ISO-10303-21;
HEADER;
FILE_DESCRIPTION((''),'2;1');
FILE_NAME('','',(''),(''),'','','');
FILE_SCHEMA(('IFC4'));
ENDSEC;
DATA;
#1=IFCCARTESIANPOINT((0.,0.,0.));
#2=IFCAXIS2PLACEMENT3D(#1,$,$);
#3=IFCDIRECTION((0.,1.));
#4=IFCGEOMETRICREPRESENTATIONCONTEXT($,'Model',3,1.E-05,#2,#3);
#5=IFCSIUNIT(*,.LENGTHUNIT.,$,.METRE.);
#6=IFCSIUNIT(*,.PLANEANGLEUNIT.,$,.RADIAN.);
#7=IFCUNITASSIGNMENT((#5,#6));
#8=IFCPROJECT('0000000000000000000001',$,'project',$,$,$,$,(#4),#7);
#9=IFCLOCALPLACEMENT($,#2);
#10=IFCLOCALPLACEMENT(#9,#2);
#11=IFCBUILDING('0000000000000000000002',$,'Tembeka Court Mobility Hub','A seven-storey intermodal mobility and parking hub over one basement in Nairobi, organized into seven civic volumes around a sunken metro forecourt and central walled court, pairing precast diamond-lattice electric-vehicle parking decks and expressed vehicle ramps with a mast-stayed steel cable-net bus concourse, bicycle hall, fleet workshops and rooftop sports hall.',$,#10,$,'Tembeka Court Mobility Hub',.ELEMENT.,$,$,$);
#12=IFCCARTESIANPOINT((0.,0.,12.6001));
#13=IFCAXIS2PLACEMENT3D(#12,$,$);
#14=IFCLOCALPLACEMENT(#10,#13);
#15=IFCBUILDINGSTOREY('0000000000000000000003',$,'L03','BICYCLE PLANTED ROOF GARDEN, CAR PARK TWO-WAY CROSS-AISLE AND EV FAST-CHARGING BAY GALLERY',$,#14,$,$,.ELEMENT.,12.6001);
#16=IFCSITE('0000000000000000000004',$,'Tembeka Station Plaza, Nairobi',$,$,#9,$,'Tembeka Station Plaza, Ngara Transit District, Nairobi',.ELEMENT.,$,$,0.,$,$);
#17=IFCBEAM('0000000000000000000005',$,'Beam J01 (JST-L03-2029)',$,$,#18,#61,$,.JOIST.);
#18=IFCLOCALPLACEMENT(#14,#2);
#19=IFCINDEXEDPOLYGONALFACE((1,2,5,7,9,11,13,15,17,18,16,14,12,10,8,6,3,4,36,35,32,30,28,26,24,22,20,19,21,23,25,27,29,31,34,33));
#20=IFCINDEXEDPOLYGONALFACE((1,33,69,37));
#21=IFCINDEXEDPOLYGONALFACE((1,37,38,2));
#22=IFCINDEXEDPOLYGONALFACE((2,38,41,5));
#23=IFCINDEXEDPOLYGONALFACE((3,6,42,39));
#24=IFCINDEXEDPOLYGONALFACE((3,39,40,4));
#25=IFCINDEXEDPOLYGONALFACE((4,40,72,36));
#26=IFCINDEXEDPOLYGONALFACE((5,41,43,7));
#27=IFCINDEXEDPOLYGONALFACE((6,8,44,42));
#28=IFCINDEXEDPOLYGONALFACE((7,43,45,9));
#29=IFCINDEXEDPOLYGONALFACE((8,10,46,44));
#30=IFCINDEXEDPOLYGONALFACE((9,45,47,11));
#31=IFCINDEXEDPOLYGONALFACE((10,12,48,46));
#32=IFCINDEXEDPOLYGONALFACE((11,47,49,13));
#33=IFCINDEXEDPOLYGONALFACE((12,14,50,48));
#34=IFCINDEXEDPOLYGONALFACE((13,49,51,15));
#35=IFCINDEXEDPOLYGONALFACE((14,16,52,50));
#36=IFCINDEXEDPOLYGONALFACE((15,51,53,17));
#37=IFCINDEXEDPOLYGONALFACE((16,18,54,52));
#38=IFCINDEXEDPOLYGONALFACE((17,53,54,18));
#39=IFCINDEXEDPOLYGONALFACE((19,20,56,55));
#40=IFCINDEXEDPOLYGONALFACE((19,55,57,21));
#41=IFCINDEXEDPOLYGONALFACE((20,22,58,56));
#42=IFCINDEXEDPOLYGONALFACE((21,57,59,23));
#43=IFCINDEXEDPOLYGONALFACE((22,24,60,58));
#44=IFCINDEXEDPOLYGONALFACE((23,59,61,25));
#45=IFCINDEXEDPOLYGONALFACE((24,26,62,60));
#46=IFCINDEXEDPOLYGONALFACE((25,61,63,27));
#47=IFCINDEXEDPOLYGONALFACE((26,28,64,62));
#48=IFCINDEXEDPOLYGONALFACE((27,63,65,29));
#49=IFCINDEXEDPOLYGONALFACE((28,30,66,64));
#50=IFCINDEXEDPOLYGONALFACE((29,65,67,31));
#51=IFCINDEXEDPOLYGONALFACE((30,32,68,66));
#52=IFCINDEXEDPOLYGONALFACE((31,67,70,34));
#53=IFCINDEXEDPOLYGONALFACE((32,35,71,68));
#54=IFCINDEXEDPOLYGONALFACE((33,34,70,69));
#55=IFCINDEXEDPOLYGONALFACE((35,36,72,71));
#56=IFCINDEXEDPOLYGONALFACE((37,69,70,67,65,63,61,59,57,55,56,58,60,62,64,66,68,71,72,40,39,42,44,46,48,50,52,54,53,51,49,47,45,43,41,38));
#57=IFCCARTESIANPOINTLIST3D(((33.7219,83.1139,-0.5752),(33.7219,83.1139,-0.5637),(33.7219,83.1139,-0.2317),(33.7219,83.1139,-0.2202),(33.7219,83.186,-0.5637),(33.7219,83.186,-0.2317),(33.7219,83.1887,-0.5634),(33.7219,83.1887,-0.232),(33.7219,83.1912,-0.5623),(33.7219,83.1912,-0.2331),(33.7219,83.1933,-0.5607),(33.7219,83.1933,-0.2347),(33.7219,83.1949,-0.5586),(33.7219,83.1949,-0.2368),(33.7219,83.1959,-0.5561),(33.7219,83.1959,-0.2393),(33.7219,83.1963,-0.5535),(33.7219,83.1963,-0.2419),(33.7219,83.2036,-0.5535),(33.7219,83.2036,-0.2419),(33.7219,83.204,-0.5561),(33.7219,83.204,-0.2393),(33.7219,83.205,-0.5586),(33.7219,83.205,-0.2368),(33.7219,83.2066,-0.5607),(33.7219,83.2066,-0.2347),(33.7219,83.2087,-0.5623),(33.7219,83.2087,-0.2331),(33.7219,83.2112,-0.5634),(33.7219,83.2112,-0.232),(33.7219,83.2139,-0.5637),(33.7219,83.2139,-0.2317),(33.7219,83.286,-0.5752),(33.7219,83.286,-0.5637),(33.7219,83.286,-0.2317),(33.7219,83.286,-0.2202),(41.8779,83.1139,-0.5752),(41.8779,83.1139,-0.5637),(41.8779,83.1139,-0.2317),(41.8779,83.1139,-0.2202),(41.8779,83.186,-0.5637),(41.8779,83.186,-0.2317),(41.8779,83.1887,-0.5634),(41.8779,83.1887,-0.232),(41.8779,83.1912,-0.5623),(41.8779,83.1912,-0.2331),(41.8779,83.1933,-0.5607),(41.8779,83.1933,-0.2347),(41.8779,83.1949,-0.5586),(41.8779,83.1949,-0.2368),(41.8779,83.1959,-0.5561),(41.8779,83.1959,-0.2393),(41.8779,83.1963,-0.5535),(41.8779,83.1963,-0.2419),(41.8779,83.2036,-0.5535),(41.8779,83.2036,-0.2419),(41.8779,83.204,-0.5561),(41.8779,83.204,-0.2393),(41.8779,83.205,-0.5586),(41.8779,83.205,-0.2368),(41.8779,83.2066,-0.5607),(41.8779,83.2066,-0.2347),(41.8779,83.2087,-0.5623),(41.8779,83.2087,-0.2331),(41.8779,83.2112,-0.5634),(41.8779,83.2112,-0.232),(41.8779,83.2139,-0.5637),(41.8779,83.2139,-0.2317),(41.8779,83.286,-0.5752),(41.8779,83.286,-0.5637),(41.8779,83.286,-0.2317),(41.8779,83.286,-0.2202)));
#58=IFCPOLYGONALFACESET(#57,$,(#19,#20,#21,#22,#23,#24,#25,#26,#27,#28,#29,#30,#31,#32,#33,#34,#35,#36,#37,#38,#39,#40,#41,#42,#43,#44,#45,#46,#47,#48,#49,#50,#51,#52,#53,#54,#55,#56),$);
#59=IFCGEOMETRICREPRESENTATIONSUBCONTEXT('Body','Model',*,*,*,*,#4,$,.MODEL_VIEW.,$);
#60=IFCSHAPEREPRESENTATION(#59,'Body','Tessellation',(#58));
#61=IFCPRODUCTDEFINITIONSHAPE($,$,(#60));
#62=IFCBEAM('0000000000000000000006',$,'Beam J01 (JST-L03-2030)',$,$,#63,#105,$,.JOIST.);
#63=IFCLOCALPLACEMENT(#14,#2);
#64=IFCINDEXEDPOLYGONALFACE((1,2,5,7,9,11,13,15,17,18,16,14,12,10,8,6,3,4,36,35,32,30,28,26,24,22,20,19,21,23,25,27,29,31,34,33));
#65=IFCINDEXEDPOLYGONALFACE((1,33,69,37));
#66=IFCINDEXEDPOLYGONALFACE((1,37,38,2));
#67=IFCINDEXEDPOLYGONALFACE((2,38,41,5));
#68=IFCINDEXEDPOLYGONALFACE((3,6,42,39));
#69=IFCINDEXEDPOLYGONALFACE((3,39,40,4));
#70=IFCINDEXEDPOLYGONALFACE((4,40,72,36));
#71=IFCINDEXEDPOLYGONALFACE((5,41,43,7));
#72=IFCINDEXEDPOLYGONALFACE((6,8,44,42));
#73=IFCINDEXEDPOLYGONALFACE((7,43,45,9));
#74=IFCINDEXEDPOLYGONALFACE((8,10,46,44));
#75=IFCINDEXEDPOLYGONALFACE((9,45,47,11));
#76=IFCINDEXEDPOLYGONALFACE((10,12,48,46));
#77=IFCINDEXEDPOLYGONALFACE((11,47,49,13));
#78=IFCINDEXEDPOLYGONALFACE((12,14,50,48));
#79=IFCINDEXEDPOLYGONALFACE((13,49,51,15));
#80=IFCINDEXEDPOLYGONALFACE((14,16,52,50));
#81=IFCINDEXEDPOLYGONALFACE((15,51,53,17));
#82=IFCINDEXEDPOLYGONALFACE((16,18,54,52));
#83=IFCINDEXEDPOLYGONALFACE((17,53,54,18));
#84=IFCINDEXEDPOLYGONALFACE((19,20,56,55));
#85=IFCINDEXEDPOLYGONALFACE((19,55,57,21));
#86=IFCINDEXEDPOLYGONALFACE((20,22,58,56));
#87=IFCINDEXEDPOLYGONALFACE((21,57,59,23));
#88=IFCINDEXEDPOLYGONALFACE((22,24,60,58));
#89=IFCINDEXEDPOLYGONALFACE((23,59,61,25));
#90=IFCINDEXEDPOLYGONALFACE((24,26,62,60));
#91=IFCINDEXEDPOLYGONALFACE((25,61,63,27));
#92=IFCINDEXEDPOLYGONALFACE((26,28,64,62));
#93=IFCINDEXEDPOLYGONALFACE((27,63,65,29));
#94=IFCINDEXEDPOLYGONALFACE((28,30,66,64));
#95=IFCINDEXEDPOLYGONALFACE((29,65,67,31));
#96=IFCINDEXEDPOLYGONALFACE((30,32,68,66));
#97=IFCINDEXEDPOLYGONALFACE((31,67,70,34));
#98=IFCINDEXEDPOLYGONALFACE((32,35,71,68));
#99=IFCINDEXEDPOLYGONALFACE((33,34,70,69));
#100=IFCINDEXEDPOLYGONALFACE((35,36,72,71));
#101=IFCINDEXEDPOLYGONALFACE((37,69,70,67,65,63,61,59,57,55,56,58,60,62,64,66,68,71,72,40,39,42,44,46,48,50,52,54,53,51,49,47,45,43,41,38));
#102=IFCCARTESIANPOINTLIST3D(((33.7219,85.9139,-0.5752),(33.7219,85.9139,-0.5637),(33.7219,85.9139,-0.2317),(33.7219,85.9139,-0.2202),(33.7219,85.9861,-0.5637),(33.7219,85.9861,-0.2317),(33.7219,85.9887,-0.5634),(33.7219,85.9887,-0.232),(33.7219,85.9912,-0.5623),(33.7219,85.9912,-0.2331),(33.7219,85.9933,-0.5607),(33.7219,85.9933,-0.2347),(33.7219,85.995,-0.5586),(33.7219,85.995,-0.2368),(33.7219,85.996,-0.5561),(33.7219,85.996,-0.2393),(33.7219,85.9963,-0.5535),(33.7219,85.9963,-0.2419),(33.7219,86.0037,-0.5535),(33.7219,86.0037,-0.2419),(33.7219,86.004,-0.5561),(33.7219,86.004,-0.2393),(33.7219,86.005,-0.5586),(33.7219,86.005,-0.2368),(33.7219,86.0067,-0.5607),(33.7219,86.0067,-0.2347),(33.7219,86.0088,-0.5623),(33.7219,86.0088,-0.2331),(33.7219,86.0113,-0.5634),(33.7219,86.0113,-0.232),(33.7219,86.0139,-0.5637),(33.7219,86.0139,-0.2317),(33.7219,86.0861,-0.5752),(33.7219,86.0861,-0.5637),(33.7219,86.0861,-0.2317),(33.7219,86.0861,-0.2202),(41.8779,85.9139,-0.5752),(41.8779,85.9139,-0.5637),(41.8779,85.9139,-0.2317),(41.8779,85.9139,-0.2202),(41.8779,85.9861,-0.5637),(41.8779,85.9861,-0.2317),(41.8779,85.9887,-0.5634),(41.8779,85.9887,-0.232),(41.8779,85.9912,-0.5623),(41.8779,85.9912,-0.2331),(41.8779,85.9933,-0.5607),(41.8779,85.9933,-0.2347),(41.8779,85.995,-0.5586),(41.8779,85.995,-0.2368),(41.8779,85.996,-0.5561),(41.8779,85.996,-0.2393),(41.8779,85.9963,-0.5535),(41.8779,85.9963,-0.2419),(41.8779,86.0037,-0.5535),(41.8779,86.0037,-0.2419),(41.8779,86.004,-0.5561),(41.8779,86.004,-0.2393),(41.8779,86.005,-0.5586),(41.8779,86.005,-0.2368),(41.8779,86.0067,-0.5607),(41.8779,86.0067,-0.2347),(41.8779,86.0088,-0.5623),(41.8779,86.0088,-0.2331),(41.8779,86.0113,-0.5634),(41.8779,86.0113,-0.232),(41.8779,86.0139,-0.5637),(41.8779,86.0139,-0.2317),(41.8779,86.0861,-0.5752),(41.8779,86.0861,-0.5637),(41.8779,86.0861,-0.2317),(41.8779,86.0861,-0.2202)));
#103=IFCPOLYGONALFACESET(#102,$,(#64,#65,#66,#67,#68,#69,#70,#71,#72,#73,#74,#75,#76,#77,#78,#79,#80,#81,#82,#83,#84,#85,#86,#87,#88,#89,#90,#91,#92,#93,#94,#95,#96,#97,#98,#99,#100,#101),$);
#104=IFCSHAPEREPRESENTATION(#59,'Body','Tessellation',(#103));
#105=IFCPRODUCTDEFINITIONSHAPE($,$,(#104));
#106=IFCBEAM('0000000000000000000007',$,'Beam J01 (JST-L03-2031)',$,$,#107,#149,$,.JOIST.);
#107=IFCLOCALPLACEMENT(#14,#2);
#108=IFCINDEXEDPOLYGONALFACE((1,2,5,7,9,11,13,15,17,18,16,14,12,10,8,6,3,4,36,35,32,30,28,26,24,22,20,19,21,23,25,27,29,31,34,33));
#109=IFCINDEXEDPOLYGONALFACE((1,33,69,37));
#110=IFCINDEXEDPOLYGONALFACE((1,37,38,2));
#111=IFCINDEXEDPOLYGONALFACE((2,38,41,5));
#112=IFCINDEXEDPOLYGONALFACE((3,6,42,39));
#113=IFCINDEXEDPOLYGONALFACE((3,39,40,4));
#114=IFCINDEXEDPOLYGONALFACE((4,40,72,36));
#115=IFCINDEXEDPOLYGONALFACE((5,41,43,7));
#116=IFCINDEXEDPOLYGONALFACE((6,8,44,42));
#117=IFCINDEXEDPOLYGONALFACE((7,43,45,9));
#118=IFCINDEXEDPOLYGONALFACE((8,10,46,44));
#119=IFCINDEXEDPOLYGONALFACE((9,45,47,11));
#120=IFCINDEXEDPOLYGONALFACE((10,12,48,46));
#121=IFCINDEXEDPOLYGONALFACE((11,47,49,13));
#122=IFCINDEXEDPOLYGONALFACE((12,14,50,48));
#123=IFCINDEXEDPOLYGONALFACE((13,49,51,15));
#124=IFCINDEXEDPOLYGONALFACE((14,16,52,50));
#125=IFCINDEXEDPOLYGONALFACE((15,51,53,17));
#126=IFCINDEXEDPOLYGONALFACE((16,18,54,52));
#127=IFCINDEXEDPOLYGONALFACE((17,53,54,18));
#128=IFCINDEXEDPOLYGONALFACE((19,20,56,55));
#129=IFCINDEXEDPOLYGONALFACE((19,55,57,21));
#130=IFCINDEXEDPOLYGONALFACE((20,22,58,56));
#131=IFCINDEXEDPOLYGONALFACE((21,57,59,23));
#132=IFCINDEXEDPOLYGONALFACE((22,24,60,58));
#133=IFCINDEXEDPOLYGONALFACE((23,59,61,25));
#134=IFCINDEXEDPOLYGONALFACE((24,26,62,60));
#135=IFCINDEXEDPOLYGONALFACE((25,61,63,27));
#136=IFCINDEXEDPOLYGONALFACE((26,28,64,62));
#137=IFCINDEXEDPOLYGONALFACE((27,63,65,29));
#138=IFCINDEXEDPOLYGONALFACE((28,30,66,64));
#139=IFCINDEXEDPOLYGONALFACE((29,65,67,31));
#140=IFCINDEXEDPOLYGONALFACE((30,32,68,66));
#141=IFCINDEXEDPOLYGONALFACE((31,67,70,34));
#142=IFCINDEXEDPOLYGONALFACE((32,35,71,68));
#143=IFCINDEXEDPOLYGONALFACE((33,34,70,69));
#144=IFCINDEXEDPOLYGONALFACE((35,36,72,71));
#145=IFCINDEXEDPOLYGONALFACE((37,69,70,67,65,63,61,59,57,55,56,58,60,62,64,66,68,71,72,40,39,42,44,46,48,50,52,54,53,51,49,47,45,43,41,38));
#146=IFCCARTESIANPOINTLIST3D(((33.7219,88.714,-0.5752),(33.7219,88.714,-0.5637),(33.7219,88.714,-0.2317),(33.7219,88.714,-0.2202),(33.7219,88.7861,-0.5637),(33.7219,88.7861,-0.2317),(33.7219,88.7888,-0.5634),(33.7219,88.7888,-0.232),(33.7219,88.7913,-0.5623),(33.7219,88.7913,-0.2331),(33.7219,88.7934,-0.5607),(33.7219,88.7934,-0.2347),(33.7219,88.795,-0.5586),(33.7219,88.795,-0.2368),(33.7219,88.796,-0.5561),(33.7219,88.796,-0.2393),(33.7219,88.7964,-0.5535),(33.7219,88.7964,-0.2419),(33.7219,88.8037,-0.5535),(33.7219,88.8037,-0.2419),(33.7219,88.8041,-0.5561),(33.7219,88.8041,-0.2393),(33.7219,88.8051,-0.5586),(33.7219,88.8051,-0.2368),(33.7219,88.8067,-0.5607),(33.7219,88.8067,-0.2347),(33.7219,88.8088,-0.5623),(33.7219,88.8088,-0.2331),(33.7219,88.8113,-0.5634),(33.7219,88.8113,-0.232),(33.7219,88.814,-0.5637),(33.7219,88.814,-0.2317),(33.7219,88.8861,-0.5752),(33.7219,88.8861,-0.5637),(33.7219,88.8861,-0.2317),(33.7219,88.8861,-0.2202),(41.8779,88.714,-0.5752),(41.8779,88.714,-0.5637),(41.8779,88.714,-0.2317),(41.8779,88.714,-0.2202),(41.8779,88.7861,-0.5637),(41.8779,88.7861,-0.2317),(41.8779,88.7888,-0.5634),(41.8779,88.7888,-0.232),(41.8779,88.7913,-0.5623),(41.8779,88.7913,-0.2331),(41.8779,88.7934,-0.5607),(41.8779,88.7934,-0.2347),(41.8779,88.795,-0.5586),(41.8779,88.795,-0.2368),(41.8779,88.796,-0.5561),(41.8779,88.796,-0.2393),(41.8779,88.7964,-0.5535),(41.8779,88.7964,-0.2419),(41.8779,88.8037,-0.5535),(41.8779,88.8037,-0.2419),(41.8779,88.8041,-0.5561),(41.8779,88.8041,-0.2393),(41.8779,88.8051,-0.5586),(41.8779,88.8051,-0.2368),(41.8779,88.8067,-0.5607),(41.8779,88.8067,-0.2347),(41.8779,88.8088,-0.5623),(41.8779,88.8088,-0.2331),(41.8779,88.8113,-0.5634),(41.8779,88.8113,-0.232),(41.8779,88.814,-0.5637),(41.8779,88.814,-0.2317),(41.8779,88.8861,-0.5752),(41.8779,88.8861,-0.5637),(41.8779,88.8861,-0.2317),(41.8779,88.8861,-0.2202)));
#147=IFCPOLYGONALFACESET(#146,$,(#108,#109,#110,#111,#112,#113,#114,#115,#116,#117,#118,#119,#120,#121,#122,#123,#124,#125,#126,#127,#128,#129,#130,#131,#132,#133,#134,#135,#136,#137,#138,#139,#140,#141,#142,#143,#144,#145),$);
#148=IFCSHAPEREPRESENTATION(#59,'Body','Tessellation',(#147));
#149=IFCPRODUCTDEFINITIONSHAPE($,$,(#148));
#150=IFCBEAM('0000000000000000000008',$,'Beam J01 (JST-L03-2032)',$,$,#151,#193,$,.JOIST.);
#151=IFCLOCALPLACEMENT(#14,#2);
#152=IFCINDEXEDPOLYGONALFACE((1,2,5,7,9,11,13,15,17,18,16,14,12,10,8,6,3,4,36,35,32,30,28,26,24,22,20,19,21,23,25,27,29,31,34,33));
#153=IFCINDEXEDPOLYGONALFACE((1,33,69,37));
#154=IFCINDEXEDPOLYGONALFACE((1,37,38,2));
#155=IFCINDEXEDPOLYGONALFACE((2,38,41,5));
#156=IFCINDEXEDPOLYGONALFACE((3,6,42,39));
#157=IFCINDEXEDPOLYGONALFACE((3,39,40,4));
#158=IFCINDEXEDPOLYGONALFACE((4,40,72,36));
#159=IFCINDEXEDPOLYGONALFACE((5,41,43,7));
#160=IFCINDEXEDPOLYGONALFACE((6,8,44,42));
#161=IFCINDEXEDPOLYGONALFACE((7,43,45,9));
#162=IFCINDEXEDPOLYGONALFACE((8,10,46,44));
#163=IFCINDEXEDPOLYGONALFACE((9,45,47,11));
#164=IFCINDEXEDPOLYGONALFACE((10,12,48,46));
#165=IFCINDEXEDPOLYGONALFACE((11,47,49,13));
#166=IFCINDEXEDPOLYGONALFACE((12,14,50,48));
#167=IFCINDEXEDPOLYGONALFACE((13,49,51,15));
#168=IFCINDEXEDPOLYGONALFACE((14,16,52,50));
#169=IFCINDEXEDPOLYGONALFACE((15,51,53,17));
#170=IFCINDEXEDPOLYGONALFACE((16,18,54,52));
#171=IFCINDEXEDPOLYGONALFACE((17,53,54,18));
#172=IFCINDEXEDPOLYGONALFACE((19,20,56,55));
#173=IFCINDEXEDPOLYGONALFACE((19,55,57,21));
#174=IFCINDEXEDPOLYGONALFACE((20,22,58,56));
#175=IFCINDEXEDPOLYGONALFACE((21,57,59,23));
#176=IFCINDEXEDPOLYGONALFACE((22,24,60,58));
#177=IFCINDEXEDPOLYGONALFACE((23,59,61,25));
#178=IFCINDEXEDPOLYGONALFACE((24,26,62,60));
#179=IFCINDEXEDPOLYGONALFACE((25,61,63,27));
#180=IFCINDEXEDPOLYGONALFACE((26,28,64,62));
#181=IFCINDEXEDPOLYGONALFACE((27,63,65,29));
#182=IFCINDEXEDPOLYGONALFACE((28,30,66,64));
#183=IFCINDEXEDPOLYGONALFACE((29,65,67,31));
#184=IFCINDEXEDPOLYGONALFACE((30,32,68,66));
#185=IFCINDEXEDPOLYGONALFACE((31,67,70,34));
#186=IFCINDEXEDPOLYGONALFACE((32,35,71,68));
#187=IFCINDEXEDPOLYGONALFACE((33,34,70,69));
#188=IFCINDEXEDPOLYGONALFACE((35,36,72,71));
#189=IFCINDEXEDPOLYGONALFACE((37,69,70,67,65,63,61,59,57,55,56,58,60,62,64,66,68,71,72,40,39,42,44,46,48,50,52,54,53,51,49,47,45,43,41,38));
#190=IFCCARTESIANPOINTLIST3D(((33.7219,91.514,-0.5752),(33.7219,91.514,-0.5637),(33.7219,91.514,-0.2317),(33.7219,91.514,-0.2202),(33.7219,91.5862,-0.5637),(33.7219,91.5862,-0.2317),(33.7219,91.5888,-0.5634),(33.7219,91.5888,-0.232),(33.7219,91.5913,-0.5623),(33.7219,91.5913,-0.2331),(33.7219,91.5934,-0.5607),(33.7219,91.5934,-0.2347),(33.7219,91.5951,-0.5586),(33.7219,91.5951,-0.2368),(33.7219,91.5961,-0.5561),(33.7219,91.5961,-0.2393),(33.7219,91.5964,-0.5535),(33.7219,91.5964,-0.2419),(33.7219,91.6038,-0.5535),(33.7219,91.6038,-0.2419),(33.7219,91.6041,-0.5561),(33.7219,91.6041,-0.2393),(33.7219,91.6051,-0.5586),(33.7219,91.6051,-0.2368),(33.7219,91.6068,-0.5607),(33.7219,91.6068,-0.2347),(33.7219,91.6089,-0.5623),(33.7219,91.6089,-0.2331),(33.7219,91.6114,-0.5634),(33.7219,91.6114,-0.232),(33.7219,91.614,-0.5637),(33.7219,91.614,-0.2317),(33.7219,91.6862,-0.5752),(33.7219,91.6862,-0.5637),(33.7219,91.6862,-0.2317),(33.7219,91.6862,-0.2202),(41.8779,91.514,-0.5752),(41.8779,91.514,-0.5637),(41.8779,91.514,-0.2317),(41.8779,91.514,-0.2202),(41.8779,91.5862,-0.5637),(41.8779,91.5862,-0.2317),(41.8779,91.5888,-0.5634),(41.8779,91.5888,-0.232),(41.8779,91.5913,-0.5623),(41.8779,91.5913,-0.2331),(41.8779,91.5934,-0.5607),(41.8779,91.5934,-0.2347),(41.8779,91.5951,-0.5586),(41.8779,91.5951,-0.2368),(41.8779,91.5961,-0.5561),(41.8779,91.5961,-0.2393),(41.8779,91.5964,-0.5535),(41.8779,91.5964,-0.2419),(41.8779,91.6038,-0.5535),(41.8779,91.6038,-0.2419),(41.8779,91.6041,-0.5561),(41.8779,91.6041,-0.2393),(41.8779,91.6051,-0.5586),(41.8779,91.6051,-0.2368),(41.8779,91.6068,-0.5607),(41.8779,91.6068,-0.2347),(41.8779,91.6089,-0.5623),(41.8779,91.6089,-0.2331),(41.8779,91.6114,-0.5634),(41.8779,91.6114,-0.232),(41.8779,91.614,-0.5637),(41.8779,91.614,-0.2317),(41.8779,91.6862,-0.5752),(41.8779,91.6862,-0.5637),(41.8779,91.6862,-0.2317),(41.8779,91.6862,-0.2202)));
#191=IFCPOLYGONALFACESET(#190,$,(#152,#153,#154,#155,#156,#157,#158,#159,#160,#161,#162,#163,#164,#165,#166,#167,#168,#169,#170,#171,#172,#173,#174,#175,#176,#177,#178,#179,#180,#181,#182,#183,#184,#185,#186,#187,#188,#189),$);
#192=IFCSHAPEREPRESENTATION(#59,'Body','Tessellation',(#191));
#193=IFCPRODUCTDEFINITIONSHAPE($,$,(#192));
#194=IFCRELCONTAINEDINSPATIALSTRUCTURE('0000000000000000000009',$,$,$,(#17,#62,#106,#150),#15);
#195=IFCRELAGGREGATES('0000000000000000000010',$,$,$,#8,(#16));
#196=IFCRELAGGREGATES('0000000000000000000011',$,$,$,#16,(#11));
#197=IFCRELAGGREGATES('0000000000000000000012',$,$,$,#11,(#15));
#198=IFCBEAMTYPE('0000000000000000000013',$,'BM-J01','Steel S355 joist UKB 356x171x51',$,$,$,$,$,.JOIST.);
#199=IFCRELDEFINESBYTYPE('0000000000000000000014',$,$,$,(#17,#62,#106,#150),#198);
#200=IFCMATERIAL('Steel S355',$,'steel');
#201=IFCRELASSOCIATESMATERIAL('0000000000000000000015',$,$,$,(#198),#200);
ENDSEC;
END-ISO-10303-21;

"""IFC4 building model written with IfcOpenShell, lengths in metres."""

from ifc_helpers import new_model, si_unit, direction, frame, origin, origin_2d, place, context, subcontext, project, spatial, i_section, extrude, material, material_profile, profile_set, type_object, element, save


model = new_model("IFC4")

# Units and contexts
model_context = context("Model", 3, precision=1e-05, world=origin(), true_north=direction((0.0, 1.0)))
body_context = subcontext(model_context, "Body", "Model", "MODEL_VIEW")
ifc_project = project(units=[si_unit("LENGTHUNIT", "METRE"), si_unit("PLANEANGLEUNIT", "RADIAN")], contexts=[model_context])

# Site, building, storey
site_placement = place(None, origin())
site = spatial("IfcSite", under=ifc_project, at=site_placement, Name="Tembeka Station Plaza, Nairobi", LongName="Tembeka Station Plaza, Ngara Transit District, Nairobi", CompositionType="ELEMENT", RefElevation=0.0)
building_placement = place(site_placement, origin())
building = spatial("IfcBuilding", under=site, at=building_placement, Name="Tembeka Court Mobility Hub", Description="A seven-storey intermodal mobility and parking hub over one basement in Nairobi, organized into seven civic volumes around a sunken metro forecourt and central walled court, pairing precast diamond-lattice electric-vehicle parking decks and expressed vehicle ramps with a mast-stayed steel cable-net bus concourse, bicycle hall, fleet workshops and rooftop sports hall.", LongName="Tembeka Court Mobility Hub", CompositionType="ELEMENT")
storey_placement = place(building_placement, frame((0.0, 0.0, 12.6001)))
storey = spatial("IfcBuildingStorey", under=building, at=storey_placement, Name="L03", Description="BICYCLE PLANTED ROOF GARDEN, CAR PARK TWO-WAY CROSS-AISLE AND EV FAST-CHARGING BAY GALLERY", CompositionType="ELEMENT", Elevation=12.6001)

# Shared definitions
ifc_material_1 = material(Name="Steel S355", Category="steel")

# Beams
ifc_material_profile_1 = material_profile(ifc_material_1, i_section(OverallWidth=0.1721, OverallDepth=0.355, WebThickness=0.0073, FlangeThickness=0.0115, FilletRadius=0.0103, at=origin_2d()), Name="UKB 356x171x51")
ifc_profile_set_1 = profile_set([ifc_material_profile_1], Name="Steel S355")
beam_type_1 = type_object("IfcBeamType", Name="BM-J01", Description="Steel S355 joist UKB 356x171x51", PredefinedType="JOIST", material=ifc_profile_set_1)
for number, where, z_axis, x_axis, name in (
    (1, (33.7219, 83.2, -0.3977), (1.0, 0.0, 0.0), (0.0, 1.0, 0.0), "Beam J01 (JST-L03-2029)"),
    (2, (33.7219, 86.0, -0.3977), (1.0, 0.0, 0.0), (0.0, 1.0, 0.0), "Beam J01 (JST-L03-2030)"),
    (3, (33.7219, 88.8, -0.3977), (1.0, 0.0, 0.0), (0.0, 1.0, 0.0), "Beam J01 (JST-L03-2031)"),
    (4, (33.7219, 91.6001, -0.3977), (1.0, 0.0, 0.0), (0.0, 1.0, 0.0), "Beam J01 (JST-L03-2032)"),
):
    element("IfcBeam", number, at=place(storey_placement, frame(where, z_axis=z_axis, x_axis=x_axis)), inside=storey, type_object=beam_type_1, Name=name, PredefinedType="JOIST", context=body_context, shape_type="SweptSolid", body=[
        extrude(i_section(OverallWidth=0.1721, OverallDepth=0.355, WebThickness=0.0073, FlangeThickness=0.0115, FilletRadius=0.0103, at=origin_2d()), origin(), (0.0, 0.0, 1.0), 8.156),
    ])

save(model, "model.ifc")
